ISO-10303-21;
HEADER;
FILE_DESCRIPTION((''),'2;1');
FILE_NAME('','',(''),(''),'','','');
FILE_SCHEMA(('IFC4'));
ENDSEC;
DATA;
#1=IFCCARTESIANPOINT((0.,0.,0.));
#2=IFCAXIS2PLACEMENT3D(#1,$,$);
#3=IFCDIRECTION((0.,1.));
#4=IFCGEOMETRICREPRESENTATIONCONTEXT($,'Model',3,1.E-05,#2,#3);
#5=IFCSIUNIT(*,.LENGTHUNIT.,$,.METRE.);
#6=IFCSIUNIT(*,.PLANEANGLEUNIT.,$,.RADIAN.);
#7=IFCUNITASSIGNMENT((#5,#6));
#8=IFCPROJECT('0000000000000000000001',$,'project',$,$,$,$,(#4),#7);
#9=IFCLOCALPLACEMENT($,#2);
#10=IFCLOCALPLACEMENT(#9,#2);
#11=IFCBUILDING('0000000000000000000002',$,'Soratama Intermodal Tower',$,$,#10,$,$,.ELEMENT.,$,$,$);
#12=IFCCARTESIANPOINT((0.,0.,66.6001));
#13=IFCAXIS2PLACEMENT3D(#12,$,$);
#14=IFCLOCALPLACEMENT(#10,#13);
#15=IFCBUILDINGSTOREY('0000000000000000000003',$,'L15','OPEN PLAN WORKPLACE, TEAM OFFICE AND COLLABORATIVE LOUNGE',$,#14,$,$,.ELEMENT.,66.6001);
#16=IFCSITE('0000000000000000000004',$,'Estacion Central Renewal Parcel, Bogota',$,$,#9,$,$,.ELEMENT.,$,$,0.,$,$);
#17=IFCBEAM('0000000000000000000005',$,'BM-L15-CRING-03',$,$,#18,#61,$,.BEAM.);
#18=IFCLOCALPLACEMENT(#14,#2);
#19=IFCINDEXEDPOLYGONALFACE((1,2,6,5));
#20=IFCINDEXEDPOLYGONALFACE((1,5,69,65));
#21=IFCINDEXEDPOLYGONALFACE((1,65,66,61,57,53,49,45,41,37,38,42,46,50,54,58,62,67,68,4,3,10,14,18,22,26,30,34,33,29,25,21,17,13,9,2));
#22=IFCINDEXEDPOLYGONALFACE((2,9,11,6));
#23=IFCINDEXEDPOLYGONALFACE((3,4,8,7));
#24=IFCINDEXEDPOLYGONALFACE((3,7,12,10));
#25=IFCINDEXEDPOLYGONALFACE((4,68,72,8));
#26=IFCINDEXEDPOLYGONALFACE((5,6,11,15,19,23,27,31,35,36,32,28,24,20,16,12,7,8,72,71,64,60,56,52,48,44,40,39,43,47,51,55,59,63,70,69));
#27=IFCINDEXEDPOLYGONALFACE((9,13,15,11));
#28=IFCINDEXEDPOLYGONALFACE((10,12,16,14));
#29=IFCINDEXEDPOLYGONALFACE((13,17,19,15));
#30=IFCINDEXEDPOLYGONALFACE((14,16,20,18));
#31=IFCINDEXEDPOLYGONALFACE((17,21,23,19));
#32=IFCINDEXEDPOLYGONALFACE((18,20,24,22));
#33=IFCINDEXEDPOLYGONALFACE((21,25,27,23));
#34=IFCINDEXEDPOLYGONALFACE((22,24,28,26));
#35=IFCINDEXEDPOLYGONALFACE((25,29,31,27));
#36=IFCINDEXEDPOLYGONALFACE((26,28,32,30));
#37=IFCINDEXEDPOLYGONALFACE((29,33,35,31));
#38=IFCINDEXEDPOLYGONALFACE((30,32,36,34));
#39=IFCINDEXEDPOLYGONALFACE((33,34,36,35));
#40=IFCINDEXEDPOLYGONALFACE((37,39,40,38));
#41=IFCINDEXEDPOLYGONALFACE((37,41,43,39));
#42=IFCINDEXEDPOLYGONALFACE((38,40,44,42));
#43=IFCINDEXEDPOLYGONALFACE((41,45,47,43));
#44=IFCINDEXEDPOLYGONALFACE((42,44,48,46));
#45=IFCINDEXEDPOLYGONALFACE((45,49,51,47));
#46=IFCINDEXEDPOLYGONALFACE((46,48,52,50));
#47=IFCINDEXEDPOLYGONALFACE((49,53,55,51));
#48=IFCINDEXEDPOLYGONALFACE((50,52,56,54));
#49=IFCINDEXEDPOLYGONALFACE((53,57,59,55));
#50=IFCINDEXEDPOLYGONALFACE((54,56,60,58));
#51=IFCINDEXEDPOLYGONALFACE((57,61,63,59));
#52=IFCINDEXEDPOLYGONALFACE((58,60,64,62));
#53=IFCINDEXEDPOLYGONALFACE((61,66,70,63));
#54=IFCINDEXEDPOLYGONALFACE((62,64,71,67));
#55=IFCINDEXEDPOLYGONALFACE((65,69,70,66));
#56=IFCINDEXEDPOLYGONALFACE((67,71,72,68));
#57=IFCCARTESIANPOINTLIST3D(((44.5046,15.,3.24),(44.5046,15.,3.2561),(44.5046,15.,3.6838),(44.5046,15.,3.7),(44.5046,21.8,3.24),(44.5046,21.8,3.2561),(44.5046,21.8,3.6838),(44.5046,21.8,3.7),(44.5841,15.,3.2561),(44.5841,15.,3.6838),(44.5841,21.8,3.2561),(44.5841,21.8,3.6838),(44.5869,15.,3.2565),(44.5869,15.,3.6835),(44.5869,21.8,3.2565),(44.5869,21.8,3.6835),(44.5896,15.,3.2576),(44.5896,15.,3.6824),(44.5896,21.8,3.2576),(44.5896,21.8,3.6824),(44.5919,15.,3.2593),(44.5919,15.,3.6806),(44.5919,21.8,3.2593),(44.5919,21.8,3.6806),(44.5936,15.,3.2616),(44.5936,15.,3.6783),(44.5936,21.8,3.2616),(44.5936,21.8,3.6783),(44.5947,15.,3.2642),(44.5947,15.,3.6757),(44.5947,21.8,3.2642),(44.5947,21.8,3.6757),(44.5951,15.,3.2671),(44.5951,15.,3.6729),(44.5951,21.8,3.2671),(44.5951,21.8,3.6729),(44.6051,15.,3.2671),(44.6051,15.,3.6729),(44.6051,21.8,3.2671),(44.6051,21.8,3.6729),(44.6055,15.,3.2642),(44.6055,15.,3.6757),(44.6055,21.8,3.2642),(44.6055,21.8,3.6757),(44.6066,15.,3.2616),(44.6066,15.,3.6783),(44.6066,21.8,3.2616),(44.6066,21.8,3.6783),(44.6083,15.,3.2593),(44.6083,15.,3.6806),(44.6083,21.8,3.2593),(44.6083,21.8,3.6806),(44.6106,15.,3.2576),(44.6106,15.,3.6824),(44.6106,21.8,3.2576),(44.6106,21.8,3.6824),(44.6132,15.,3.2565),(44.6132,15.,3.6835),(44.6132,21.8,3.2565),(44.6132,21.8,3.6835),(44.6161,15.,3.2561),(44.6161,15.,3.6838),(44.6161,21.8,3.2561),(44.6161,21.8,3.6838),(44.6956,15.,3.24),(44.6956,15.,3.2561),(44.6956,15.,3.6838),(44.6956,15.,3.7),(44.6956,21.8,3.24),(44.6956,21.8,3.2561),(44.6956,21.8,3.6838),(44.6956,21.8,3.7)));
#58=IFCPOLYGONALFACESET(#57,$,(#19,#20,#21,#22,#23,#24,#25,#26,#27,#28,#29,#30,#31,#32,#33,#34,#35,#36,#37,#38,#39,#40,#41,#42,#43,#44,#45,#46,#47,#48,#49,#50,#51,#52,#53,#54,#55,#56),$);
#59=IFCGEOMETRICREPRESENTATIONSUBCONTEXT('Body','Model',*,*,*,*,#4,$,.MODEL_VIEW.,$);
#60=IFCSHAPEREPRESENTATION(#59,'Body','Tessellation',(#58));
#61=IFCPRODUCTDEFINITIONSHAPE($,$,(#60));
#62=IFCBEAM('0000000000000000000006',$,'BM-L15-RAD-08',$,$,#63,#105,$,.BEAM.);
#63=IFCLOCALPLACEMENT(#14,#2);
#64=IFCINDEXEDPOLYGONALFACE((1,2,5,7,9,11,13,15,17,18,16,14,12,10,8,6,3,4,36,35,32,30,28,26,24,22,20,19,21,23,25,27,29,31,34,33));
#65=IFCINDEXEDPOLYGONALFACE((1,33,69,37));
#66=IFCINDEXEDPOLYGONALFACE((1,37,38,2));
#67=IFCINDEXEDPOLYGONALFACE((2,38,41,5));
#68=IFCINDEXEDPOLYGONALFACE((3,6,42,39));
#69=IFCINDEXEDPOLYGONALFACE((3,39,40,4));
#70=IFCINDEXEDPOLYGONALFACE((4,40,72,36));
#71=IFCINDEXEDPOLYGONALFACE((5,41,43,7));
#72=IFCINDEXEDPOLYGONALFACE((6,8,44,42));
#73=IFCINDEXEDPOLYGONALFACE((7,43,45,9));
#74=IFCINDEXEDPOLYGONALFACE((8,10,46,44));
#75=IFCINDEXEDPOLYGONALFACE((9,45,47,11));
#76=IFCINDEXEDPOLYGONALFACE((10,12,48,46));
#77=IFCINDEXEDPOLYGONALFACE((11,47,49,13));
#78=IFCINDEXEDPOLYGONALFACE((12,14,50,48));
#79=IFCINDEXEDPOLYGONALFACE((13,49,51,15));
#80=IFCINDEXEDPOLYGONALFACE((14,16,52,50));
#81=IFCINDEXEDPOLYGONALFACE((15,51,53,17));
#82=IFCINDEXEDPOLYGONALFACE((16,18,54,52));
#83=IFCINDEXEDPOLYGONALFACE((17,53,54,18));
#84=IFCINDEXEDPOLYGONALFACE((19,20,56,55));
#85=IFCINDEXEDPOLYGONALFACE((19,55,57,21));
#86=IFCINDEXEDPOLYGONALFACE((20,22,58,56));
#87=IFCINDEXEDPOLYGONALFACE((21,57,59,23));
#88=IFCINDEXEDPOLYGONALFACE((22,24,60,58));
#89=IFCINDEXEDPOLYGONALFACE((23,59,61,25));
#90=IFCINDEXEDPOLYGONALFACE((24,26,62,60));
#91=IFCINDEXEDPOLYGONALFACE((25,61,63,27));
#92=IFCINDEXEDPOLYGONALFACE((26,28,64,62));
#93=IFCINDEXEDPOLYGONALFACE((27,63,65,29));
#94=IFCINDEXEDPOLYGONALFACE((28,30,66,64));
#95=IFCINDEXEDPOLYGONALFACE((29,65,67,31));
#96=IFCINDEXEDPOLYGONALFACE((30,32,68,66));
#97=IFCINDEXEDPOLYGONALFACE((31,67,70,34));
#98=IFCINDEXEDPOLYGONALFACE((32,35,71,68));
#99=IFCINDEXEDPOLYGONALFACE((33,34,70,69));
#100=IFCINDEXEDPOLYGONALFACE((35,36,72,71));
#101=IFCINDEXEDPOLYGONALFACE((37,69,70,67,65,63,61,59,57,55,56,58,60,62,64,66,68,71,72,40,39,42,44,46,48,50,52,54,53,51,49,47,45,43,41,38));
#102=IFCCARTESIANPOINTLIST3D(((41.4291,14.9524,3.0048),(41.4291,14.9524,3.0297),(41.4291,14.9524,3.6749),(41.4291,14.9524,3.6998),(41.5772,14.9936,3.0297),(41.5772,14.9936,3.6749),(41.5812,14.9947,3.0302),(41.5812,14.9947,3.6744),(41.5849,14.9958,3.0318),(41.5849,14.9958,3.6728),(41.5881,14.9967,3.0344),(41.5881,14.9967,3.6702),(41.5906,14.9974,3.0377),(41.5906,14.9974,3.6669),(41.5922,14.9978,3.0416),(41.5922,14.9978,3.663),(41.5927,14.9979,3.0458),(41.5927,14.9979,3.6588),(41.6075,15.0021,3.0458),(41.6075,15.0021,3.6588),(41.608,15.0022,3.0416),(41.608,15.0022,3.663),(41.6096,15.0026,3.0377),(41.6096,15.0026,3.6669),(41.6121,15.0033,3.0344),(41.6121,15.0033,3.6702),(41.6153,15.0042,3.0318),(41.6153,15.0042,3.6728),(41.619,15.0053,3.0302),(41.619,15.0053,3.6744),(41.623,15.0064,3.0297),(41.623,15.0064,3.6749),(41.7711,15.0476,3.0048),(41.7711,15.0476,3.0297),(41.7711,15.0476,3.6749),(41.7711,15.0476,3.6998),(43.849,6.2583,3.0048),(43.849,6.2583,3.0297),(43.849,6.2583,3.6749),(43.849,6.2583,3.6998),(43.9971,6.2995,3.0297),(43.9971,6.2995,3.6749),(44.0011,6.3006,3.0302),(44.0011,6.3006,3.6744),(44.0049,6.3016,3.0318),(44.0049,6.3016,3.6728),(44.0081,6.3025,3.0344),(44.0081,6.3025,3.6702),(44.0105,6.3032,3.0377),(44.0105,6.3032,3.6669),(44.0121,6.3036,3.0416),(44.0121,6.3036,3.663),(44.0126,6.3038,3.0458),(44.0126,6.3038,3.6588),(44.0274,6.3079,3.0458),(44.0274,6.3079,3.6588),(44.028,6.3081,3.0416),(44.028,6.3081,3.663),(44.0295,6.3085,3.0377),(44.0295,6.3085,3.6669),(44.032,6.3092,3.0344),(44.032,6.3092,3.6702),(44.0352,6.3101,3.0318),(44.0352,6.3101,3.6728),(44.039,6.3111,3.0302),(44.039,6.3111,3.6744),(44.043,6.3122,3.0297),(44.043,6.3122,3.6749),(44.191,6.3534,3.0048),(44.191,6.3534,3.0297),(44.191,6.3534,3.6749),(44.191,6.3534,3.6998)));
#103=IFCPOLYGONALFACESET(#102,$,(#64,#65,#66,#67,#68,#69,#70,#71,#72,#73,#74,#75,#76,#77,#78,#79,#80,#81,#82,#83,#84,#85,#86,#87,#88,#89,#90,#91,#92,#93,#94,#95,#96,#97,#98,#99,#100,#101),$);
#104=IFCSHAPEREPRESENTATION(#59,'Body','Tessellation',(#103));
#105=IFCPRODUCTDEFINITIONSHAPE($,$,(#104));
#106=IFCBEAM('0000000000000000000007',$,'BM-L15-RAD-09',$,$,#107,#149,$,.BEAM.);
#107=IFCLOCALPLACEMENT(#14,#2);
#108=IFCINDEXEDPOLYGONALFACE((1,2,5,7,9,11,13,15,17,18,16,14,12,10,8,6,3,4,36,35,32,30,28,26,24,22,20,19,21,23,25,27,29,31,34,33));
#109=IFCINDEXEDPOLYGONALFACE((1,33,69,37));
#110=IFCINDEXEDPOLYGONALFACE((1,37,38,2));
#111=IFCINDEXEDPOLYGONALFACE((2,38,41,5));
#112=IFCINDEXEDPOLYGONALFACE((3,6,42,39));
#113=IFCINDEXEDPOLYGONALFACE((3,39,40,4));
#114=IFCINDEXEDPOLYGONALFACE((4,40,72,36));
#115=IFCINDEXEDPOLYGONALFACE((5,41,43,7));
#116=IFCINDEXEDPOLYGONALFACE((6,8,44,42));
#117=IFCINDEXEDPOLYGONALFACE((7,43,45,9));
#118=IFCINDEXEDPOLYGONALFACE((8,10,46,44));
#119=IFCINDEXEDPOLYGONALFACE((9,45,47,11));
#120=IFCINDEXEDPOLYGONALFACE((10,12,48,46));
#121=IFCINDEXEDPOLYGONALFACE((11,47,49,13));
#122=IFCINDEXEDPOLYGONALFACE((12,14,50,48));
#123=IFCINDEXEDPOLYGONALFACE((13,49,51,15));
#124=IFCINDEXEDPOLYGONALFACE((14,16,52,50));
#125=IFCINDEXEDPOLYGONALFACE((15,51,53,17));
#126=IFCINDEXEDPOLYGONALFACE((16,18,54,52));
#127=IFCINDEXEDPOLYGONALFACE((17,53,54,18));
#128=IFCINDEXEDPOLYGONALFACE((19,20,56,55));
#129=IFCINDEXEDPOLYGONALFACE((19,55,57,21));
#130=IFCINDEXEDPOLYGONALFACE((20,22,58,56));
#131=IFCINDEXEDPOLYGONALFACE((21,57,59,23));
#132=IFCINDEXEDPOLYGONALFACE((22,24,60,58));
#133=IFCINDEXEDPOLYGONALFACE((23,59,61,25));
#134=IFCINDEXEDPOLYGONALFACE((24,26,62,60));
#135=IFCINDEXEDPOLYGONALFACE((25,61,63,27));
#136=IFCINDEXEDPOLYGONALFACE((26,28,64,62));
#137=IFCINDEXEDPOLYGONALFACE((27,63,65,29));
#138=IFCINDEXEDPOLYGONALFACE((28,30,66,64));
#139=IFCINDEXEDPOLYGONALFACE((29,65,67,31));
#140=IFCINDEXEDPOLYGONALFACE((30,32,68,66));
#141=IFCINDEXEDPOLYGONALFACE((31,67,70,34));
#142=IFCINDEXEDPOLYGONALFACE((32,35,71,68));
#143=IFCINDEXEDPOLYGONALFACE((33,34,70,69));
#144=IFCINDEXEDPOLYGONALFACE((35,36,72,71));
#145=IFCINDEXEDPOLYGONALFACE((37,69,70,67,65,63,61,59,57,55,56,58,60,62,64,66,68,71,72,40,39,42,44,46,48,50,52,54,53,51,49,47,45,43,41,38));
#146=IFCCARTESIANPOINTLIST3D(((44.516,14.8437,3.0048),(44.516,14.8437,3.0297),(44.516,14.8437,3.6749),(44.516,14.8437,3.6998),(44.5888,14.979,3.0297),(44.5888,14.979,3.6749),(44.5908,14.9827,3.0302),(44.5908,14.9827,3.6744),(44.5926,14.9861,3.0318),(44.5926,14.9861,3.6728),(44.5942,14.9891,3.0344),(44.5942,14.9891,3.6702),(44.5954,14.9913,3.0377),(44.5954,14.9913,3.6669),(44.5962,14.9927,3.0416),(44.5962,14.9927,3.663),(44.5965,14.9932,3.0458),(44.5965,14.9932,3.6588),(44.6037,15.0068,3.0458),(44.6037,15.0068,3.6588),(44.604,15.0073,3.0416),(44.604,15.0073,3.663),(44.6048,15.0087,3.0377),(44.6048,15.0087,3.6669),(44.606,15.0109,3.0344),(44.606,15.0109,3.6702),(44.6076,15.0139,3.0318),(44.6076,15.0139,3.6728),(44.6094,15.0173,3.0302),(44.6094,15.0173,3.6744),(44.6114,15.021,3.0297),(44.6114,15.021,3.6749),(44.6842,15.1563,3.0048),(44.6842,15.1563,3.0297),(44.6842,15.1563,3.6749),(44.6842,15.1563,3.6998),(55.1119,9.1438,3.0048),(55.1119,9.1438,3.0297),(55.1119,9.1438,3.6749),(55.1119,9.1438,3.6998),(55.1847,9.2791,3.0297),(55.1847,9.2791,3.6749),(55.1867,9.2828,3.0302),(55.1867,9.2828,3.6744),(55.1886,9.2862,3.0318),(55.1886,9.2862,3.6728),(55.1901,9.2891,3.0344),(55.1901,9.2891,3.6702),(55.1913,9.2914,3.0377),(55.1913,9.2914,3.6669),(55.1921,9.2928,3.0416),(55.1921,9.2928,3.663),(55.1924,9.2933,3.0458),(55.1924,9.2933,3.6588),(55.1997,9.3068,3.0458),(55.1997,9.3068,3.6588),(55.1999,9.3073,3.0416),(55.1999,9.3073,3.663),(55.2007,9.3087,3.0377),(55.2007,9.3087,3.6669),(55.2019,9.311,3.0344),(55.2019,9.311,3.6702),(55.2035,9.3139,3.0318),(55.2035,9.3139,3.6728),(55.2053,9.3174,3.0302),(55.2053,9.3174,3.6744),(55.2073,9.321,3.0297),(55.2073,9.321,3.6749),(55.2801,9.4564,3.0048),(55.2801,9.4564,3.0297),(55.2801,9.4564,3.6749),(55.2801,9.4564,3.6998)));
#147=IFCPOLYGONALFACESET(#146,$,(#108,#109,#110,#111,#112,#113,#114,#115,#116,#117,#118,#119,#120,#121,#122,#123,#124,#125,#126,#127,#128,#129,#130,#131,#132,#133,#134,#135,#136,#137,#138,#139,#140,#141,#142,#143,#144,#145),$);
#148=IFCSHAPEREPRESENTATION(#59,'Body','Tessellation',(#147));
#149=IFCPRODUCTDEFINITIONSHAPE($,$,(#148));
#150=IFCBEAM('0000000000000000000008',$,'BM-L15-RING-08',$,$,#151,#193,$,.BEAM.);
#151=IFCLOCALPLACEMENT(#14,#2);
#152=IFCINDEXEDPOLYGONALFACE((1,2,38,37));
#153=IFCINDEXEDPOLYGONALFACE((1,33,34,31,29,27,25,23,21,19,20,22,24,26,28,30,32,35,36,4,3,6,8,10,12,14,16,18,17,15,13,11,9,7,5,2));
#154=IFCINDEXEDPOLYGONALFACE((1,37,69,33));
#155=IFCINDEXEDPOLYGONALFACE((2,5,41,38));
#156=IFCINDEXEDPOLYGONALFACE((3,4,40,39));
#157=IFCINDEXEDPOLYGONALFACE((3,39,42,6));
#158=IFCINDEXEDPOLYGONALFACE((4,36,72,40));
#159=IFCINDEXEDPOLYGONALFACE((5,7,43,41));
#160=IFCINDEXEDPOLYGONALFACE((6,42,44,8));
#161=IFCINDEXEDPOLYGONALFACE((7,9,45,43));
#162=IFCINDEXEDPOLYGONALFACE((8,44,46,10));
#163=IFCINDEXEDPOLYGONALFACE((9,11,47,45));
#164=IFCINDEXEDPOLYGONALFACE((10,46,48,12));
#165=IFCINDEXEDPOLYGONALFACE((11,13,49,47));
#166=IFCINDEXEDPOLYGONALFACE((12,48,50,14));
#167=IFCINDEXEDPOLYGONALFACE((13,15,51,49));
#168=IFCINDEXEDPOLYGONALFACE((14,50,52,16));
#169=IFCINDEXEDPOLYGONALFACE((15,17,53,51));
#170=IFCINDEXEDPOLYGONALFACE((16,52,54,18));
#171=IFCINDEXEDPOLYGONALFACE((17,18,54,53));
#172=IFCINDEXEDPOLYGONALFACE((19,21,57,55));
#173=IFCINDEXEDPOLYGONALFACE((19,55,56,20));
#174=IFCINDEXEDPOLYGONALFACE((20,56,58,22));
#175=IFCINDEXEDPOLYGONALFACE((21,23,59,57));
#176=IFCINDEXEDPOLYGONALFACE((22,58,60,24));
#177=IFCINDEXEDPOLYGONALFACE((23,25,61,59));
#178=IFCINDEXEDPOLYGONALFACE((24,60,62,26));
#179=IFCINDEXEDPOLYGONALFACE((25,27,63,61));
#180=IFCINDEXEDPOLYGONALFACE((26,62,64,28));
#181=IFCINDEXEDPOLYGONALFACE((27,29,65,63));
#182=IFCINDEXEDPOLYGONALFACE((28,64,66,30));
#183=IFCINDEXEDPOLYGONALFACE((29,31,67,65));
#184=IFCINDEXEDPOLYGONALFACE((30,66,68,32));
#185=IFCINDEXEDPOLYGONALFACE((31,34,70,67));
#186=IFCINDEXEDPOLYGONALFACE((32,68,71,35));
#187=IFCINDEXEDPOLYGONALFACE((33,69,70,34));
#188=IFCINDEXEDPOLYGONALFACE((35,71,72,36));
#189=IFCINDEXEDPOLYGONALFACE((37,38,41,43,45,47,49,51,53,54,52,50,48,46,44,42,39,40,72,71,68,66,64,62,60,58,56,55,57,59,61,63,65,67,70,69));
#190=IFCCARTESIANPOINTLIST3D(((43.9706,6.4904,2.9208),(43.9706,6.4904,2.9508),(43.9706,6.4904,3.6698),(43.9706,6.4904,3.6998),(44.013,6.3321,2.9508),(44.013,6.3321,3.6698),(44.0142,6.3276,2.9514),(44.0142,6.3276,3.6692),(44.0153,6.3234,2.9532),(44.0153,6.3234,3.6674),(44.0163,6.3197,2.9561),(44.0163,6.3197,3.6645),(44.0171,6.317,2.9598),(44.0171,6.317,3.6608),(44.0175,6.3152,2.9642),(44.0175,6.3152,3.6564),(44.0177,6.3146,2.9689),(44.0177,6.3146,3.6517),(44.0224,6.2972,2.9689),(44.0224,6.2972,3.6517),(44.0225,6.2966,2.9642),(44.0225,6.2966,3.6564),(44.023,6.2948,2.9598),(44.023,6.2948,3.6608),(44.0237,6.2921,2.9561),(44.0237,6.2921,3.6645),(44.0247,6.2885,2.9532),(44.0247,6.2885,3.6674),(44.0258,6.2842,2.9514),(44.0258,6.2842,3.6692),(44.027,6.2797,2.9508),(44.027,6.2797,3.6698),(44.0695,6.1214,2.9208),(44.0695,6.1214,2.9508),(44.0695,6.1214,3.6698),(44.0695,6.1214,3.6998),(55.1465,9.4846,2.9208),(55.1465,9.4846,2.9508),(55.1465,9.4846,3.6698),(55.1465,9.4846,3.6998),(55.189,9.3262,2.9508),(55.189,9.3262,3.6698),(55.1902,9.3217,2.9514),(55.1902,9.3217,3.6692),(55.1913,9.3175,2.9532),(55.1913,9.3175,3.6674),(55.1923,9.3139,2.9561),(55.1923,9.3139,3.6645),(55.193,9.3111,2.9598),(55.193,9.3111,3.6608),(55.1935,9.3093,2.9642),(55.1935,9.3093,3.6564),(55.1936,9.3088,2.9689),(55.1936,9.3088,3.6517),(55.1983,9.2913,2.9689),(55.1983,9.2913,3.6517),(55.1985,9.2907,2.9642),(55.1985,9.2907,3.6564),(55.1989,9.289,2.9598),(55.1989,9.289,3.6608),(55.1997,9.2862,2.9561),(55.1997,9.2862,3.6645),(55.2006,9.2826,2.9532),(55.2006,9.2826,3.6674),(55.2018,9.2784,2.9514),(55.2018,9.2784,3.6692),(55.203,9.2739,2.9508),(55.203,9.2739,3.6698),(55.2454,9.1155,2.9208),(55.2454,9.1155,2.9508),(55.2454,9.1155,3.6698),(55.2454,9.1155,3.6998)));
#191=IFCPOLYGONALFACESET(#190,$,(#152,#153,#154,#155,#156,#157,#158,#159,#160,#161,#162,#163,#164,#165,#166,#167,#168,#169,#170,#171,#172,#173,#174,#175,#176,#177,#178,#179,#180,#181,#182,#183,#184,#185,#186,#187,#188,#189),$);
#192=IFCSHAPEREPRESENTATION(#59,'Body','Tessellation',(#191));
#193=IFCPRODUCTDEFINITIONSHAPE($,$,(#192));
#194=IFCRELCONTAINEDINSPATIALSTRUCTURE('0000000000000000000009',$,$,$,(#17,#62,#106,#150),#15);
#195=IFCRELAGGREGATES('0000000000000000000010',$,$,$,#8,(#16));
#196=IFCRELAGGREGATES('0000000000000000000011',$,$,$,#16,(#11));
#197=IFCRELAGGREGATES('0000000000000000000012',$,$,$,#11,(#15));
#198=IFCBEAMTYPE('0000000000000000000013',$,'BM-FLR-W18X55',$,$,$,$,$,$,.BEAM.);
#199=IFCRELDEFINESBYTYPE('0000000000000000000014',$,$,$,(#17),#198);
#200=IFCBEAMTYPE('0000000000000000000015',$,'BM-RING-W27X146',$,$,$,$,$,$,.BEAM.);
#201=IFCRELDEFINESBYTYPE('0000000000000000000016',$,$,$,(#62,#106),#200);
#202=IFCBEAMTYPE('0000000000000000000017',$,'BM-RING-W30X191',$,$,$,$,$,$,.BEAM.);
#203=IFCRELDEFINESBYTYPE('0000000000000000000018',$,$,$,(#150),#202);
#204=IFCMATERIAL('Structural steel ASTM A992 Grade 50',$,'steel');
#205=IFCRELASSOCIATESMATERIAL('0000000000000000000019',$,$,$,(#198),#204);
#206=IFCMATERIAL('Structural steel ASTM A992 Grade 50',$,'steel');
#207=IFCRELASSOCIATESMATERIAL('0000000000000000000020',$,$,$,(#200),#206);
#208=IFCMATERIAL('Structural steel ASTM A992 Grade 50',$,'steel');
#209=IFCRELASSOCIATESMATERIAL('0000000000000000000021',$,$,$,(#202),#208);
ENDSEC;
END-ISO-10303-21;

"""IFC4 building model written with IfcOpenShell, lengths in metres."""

from ifc_helpers import new_model, si_unit, direction, frame, origin, origin_2d, place, context, subcontext, project, spatial, i_section, extrude, material, material_profile, profile_set, type_object, element, save


model = new_model("IFC4")

# Units and contexts
model_context = context("Model", 3, precision=1e-05, world=origin(), true_north=direction((0.0, 1.0)))
body_context = subcontext(model_context, "Body", "Model", "MODEL_VIEW")
ifc_project = project(units=[si_unit("LENGTHUNIT", "METRE"), si_unit("PLANEANGLEUNIT", "RADIAN")], contexts=[model_context])

# Site, building, storey
site_placement = place(None, origin())
site = spatial("IfcSite", under=ifc_project, at=site_placement, Name="Estacion Central Renewal Parcel, Bogota", CompositionType="ELEMENT", RefElevation=0.0)
building_placement = place(site_placement, origin())
building = spatial("IfcBuilding", under=site, at=building_placement, Name="Soratama Intermodal Tower", CompositionType="ELEMENT")
storey_placement = place(building_placement, frame((0.0, 0.0, 66.6001)))
storey = spatial("IfcBuildingStorey", under=building, at=storey_placement, Name="L15", Description="OPEN PLAN WORKPLACE, TEAM OFFICE AND COLLABORATIVE LOUNGE", CompositionType="ELEMENT", Elevation=66.6001)

# Beams
ifc_material_1 = material(Name="Structural steel ASTM A992 Grade 50", Category="steel")
ifc_material_profile_1 = material_profile(ifc_material_1, i_section(OverallWidth=0.1909, OverallDepth=0.46, WebThickness=0.01, FlangeThickness=0.0161, FilletRadius=0.011, at=origin_2d()), Name="W18X55")
ifc_profile_set_1 = profile_set([ifc_material_profile_1], Name="Structural steel ASTM A992 Grade 50")
beam_type_1 = type_object("IfcBeamType", Name="BM-FLR-W18X55", PredefinedType="BEAM", material=ifc_profile_set_1)
beam_1_placement = place(storey_placement, frame((44.6001, 15.0, 3.47), z_axis=(0.0, 1.0, 0.0), x_axis=(-1.0, 0.0, 0.0)))
element("IfcBeam", 1, at=beam_1_placement, inside=storey, type_object=beam_type_1, Name="BM-L15-CRING-03", PredefinedType="BEAM", context=body_context, shape_type="SweptSolid", body=[
    extrude(i_section(OverallWidth=0.1909, OverallDepth=0.46, WebThickness=0.01, FlangeThickness=0.0161, FilletRadius=0.011, at=origin_2d()), origin(), (0.0, 0.0, 1.0), 6.8),
])
ifc_material_2 = material(Name="Structural steel ASTM A992 Grade 50", Category="steel")
ifc_material_profile_2 = material_profile(ifc_material_2, i_section(OverallWidth=0.355, OverallDepth=0.6951, WebThickness=0.0154, FlangeThickness=0.0249, FilletRadius=0.0161, at=origin_2d()), Name="W27X146")
ifc_profile_set_2 = profile_set([ifc_material_profile_2], Name="Structural steel ASTM A992 Grade 50")
beam_type_2 = type_object("IfcBeamType", Name="BM-RING-W27X146", PredefinedType="BEAM", material=ifc_profile_set_2)
beam_2_placement = place(storey_placement, frame((41.6001, 15.0, 3.3523), z_axis=(0.268148, -0.963378, 0.0), x_axis=(0.963378, 0.268148, 0.0)))
element("IfcBeam", 2, at=beam_2_placement, inside=storey, type_object=beam_type_2, Name="BM-L15-RAD-08", PredefinedType="BEAM", context=body_context, shape_type="SweptSolid", body=[
    extrude(i_section(OverallWidth=0.355, OverallDepth=0.6951, WebThickness=0.0154, FlangeThickness=0.0249, FilletRadius=0.0161, at=origin_2d()), origin(), (0.0, 0.0, 1.0), 9.0247),
])
beam_3_placement = place(storey_placement, frame((44.6001, 15.0, 3.3523), z_axis=(0.880664, -0.473742, 0.0), x_axis=(0.473742, 0.880664, 0.0)))
element("IfcBeam", 3, at=beam_3_placement, inside=storey, type_object=beam_type_2, Name="BM-L15-RAD-09", PredefinedType="BEAM", context=body_context, shape_type="SweptSolid", body=[
    extrude(i_section(OverallWidth=0.355, OverallDepth=0.6951, WebThickness=0.0154, FlangeThickness=0.0249, FilletRadius=0.0161, at=origin_2d()), origin(), (0.0, 0.0, 1.0), 12.0317),
])
ifc_material_3 = material(Name="Structural steel ASTM A992 Grade 50", Category="steel")
ifc_material_profile_3 = material_profile(ifc_material_3, i_section(OverallWidth=0.3821, OverallDepth=0.7791, WebThickness=0.0181, FlangeThickness=0.03, FilletRadius=0.0181, at=origin_2d()), Name="W30X191")
ifc_profile_set_3 = profile_set([ifc_material_profile_3], Name="Structural steel ASTM A992 Grade 50")
beam_type_3 = type_object("IfcBeamType", Name="BM-RING-W30X191", PredefinedType="BEAM", material=ifc_profile_set_3)
beam_4_placement = place(storey_placement, frame((44.02, 6.3059, 3.3103), z_axis=(0.965936, 0.258781, 0.0), x_axis=(-0.258781, 0.965936, 0.0)))
element("IfcBeam", 4, at=beam_4_placement, inside=storey, type_object=beam_type_3, Name="BM-L15-RING-08", PredefinedType="BEAM", context=body_context, shape_type="SweptSolid", body=[
    extrude(i_section(OverallWidth=0.3821, OverallDepth=0.7791, WebThickness=0.0181, FlangeThickness=0.03, FilletRadius=0.0181, at=origin_2d()), origin(), (0.0, 0.0, 1.0), 11.5701),
])

save(model, "model.ifc")
